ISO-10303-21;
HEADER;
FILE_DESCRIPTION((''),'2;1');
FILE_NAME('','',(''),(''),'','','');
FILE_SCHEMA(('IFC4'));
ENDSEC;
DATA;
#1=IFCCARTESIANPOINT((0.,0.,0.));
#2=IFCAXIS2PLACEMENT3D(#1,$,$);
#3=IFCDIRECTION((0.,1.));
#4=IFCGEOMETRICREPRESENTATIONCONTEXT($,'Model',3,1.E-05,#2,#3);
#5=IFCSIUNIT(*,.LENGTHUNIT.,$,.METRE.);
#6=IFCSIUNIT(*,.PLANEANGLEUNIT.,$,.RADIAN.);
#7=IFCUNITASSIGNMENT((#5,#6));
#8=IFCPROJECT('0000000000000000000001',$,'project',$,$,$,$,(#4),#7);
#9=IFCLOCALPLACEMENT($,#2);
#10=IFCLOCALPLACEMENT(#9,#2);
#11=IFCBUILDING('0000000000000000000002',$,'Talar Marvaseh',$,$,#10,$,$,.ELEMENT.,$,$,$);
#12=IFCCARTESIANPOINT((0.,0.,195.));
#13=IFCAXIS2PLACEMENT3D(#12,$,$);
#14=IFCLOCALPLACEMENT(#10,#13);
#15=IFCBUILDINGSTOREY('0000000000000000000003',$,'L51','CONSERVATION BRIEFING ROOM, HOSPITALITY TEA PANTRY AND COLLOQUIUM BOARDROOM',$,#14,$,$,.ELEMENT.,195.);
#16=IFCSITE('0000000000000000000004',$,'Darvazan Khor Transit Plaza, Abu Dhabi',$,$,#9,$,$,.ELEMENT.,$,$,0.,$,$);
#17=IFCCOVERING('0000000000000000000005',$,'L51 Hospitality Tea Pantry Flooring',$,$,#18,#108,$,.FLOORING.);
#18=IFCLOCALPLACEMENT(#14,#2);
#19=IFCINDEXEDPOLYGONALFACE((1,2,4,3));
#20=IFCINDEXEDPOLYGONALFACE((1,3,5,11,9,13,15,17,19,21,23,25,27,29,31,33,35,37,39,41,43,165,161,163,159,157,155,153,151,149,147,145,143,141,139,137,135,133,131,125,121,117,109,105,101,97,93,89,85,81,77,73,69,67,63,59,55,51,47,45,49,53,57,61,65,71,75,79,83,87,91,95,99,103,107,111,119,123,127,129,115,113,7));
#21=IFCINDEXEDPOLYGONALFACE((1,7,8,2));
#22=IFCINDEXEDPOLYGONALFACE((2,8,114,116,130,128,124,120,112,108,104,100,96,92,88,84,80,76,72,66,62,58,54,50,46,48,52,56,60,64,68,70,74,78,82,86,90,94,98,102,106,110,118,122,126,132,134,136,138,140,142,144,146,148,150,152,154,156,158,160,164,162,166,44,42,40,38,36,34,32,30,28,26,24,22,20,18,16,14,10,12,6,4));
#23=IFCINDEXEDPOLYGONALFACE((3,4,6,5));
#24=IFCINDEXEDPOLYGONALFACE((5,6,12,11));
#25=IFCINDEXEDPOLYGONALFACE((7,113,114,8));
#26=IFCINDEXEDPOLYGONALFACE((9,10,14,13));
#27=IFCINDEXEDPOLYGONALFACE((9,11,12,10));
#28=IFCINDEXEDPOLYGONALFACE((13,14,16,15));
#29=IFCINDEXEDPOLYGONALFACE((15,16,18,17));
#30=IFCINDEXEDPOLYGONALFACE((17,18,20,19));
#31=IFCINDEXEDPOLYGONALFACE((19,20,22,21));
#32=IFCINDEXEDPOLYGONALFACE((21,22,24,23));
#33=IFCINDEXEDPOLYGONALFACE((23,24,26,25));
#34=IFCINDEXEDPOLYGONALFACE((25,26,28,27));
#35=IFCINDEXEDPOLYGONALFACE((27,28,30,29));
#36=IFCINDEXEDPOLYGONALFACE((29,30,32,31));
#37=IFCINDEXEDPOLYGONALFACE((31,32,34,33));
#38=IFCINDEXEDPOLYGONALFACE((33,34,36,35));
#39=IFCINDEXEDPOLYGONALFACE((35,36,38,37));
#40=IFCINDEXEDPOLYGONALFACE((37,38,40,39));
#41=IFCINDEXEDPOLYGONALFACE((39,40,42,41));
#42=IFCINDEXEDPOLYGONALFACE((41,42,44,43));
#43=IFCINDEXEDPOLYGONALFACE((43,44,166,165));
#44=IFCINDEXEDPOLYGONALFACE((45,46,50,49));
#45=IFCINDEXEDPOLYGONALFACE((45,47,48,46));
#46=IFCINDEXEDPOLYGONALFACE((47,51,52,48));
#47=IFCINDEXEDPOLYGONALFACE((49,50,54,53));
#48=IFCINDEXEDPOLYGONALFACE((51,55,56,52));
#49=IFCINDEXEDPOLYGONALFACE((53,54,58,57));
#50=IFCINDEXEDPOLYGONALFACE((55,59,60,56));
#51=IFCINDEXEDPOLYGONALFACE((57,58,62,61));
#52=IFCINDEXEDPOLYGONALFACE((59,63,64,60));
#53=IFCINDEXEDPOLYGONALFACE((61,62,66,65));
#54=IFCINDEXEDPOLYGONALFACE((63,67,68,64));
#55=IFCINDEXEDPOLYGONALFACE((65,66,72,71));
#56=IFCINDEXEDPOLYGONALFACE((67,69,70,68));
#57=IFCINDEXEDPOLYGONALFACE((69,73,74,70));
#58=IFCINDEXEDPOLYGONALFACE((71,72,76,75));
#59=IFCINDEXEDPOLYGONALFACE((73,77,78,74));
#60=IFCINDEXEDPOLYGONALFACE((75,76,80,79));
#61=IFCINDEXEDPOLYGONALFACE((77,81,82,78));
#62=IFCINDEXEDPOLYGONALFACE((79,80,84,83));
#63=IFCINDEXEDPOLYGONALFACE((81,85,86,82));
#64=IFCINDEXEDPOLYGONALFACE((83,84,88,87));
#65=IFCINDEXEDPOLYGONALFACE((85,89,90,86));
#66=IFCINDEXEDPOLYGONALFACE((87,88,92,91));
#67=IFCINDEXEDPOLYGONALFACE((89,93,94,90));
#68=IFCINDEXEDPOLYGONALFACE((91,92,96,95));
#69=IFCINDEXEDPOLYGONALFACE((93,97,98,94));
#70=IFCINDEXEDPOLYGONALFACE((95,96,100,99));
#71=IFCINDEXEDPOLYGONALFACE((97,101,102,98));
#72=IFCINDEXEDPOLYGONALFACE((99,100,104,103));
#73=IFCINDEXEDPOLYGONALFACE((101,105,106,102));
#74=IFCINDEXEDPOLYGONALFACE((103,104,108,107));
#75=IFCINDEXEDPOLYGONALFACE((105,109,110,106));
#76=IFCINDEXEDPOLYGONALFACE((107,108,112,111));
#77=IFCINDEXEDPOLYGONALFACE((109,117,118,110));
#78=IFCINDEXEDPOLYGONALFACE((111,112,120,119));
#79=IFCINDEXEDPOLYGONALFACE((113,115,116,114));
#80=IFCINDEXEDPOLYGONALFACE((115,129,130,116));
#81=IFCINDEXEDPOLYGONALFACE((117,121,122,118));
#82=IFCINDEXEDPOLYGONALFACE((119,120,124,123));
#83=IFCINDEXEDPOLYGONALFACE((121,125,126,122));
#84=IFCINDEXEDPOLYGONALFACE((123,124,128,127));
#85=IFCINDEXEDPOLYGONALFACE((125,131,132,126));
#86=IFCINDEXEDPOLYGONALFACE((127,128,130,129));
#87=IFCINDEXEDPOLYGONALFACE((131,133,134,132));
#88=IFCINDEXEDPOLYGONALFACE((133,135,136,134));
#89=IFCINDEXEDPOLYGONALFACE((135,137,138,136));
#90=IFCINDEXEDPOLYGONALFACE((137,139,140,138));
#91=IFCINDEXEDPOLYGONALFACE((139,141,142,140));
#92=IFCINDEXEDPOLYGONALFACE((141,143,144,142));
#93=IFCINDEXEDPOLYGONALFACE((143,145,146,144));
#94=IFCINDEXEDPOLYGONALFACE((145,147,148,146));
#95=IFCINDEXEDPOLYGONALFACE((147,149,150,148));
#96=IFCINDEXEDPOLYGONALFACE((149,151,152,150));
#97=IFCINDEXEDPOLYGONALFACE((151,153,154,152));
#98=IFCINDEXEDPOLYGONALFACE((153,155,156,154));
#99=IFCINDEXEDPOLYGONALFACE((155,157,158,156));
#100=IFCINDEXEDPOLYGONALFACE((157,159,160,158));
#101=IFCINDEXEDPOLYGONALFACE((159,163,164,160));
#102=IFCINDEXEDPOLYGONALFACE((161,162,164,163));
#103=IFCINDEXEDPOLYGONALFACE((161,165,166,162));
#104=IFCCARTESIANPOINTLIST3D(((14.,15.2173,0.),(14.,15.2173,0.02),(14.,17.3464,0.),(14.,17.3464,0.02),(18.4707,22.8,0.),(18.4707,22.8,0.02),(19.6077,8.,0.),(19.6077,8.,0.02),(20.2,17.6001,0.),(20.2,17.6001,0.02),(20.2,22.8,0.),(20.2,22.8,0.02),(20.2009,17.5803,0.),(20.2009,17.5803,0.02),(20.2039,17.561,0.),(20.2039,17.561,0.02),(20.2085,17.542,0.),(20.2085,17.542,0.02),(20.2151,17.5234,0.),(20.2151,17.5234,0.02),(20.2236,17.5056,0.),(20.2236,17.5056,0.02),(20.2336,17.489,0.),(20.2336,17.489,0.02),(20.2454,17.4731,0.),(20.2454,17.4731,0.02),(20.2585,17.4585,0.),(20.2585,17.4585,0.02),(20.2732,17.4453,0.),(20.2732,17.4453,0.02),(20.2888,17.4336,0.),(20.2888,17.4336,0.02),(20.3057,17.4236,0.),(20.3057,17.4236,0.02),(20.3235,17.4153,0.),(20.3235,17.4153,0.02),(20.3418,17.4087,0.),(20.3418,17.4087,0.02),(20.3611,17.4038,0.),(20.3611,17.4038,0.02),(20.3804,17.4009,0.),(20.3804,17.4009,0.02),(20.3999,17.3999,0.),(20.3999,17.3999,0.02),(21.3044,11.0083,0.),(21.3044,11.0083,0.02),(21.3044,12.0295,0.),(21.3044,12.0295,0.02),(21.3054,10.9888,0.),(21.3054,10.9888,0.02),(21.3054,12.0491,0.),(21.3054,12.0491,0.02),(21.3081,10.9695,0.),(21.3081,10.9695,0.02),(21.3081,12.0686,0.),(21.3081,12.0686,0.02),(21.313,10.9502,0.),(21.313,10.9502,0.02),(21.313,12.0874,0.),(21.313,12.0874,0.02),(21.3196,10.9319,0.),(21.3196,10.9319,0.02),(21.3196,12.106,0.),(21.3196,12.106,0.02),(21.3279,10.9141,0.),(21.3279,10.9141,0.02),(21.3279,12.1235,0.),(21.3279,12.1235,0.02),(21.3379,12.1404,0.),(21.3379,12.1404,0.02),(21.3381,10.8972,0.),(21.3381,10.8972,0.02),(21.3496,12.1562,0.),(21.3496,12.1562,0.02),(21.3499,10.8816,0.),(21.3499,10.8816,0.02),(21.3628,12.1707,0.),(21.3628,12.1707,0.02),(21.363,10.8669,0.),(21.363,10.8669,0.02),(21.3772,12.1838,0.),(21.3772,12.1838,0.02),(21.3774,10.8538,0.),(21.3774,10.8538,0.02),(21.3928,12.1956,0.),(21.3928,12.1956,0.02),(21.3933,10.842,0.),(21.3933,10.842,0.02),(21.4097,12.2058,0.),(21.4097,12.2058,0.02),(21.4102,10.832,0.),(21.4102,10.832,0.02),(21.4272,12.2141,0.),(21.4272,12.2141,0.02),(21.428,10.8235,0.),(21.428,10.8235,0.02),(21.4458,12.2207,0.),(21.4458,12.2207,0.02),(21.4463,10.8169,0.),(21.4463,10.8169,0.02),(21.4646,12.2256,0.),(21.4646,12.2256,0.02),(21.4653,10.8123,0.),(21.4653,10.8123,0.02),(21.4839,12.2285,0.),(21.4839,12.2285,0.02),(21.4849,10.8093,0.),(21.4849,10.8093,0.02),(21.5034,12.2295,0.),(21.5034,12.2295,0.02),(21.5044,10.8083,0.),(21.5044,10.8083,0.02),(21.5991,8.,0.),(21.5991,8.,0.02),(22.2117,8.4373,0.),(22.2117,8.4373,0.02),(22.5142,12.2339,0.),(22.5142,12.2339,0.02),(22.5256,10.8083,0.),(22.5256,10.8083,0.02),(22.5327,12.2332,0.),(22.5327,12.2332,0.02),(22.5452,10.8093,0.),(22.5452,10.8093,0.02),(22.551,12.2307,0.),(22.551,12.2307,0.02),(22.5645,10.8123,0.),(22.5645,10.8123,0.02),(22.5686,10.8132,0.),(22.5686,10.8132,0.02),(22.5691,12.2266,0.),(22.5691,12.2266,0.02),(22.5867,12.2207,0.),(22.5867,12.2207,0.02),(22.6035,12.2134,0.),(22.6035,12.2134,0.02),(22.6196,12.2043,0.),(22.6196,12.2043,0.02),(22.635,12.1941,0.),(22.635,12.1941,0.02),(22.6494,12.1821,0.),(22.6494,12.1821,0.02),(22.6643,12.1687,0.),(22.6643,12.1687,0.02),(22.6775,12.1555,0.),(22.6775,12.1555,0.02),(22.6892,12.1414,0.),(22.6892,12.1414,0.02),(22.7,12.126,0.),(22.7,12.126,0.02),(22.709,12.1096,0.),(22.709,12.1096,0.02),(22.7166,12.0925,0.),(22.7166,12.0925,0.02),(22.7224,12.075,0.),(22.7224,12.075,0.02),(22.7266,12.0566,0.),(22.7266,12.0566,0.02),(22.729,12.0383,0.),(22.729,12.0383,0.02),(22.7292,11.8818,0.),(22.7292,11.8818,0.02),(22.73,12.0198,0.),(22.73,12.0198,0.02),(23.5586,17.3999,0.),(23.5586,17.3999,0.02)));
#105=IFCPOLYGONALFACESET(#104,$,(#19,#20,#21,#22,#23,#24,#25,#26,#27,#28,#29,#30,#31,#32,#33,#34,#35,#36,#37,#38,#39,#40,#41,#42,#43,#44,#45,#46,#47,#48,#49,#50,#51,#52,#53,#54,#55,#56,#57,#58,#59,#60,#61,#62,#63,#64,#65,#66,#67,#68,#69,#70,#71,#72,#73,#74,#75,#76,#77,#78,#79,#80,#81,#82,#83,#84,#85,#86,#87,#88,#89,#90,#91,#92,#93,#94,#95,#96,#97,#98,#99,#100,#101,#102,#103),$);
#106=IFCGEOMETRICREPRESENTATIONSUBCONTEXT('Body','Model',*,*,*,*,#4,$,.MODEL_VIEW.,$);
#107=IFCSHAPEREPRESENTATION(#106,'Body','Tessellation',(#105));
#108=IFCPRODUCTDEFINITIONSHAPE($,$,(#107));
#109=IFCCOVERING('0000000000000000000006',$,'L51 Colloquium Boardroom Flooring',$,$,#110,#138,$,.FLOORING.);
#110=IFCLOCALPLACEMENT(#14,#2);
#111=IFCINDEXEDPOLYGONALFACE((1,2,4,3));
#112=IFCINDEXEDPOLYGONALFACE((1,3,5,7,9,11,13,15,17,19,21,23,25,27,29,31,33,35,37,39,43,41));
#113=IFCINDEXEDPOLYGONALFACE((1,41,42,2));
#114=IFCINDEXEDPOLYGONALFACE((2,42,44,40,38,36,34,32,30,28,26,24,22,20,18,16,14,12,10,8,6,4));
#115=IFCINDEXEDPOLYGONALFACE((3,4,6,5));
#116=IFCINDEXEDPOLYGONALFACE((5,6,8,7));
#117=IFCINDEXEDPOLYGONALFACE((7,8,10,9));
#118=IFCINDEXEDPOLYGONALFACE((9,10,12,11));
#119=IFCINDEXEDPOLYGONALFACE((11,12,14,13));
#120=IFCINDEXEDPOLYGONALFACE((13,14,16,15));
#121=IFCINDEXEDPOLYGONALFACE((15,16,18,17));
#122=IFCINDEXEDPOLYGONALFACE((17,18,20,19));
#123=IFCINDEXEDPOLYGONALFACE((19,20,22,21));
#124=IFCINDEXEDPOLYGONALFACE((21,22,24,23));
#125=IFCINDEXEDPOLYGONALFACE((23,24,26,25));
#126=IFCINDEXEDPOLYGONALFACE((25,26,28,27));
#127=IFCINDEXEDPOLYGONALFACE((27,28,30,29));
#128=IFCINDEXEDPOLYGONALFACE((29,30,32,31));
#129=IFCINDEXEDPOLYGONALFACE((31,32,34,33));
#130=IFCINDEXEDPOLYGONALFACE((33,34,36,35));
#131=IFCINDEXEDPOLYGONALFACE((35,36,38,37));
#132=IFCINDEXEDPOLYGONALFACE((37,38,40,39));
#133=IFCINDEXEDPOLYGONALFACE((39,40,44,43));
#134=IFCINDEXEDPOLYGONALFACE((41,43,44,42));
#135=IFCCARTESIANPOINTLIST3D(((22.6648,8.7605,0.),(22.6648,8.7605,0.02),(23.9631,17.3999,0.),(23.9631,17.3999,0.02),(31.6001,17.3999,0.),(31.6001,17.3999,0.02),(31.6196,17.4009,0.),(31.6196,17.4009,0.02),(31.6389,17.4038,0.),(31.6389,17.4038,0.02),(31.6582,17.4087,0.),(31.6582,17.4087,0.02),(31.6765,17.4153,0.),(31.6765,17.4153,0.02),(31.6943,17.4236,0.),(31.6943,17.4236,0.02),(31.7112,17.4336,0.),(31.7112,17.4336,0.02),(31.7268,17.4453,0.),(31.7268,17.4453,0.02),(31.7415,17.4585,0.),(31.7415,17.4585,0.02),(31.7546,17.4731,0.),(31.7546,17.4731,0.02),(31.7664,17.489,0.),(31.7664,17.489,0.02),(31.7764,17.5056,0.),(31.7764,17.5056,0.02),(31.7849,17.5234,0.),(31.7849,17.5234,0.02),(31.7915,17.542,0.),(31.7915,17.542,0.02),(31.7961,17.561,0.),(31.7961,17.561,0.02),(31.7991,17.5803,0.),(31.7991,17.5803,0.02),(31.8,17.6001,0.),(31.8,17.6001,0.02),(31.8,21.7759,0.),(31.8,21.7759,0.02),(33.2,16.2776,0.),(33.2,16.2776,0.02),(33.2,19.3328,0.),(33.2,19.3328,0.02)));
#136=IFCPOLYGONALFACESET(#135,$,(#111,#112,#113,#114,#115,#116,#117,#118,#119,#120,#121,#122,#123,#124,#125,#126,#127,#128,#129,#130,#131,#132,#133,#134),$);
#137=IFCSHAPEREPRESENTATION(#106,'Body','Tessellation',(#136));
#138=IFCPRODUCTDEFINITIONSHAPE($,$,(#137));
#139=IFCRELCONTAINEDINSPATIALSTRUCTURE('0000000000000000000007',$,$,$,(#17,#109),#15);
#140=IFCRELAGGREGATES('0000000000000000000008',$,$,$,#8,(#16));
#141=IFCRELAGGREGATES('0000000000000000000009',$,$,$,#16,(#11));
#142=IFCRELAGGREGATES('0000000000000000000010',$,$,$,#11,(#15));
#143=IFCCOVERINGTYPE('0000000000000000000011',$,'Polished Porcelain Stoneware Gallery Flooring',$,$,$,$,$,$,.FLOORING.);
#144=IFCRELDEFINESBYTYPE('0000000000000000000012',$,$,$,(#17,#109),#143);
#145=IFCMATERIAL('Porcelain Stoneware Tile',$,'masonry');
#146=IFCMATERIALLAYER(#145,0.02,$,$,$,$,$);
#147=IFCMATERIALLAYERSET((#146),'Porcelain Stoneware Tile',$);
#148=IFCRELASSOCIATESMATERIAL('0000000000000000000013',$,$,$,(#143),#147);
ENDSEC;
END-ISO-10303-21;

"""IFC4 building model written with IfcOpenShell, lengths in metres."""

from ifc_helpers import new_model, si_unit, direction, frame, origin, place, context, subcontext, project, spatial, polyline, outline, extrude, material, layer, layer_set, type_object, element, save


model = new_model("IFC4")

# Units and contexts
model_context = context("Model", 3, precision=1e-05, world=origin(), true_north=direction((0.0, 1.0)))
body_context = subcontext(model_context, "Body", "Model", "MODEL_VIEW")
ifc_project = project(units=[si_unit("LENGTHUNIT", "METRE"), si_unit("PLANEANGLEUNIT", "RADIAN")], contexts=[model_context])

# Site, building, storey
site_placement = place(None, origin())
site = spatial("IfcSite", under=ifc_project, at=site_placement, Name="Darvazan Khor Transit Plaza, Abu Dhabi", CompositionType="ELEMENT", RefElevation=0.0)
building_placement = place(site_placement, origin())
building = spatial("IfcBuilding", under=site, at=building_placement, Name="Talar Marvaseh", CompositionType="ELEMENT")
storey_placement = place(building_placement, frame((0.0, 0.0, 195.0)))
storey = spatial("IfcBuildingStorey", under=building, at=storey_placement, Name="L51", Description="CONSERVATION BRIEFING ROOM, HOSPITALITY TEA PANTRY AND COLLOQUIUM BOARDROOM", CompositionType="ELEMENT", Elevation=195.0)

# Coverings
ifc_material_1 = material(Name="Porcelain Stoneware Tile", Category="masonry")
ifc_layer_1 = layer(ifc_material_1, 0.02)
ifc_layer_set_1 = layer_set([ifc_layer_1], Name="Porcelain Stoneware Tile")
covering_type_1 = type_object("IfcCoveringType", Name="Polished Porcelain Stoneware Gallery Flooring", PredefinedType="FLOORING", material=ifc_layer_set_1)
covering_1_placement = place(storey_placement, origin())
element("IfcCovering", 1, at=covering_1_placement, inside=storey, type_object=covering_type_1, Name="L51 Hospitality Tea Pantry Flooring", PredefinedType="FLOORING", context=body_context, shape_type="SweptSolid", body=[
    extrude(outline(polyline([(14.0, 17.3464), (18.4707, 22.8), (20.2, 22.8), (20.2, 17.6001), (20.2009, 17.5803), (20.2039, 17.561), (20.2085, 17.542), (20.2151, 17.5234), (20.2236, 17.5056), (20.2336, 17.489), (20.2454, 17.4731), (20.2585, 17.4585), (20.2732, 17.4453), (20.2888, 17.4336), (20.3057, 17.4236), (20.3235, 17.4153), (20.3418, 17.4087), (20.3611, 17.4038), (20.3804, 17.4009), (20.3999, 17.3999), (23.5586, 17.3999), (22.7292, 11.8818), (22.73, 12.0198), (22.729, 12.0383), (22.7266, 12.0566), (22.7224, 12.075), (22.7166, 12.0925), (22.709, 12.1096), (22.7, 12.126), (22.6892, 12.1414), (22.6775, 12.1555), (22.6643, 12.1687), (22.6494, 12.1821), (22.635, 12.1941), (22.6196, 12.2043), (22.6035, 12.2134), (22.5867, 12.2207), (22.5691, 12.2266), (22.551, 12.2307), (22.5327, 12.2332), (22.5142, 12.2339), (21.5034, 12.2295), (21.4839, 12.2285), (21.4646, 12.2256), (21.4458, 12.2207), (21.4272, 12.2141), (21.4097, 12.2058), (21.3928, 12.1956), (21.3772, 12.1838), (21.3628, 12.1707), (21.3496, 12.1562), (21.3379, 12.1404), (21.3279, 12.1235), (21.3196, 12.106), (21.313, 12.0874), (21.3081, 12.0686), (21.3054, 12.0491), (21.3044, 12.0295), (21.3044, 11.0083), (21.3054, 10.9888), (21.3081, 10.9695), (21.313, 10.9502), (21.3196, 10.9319), (21.3279, 10.9141), (21.3381, 10.8972), (21.3499, 10.8816), (21.363, 10.8669), (21.3774, 10.8538), (21.3933, 10.842), (21.4102, 10.832), (21.428, 10.8235), (21.4463, 10.8169), (21.4653, 10.8123), (21.4849, 10.8093), (21.5044, 10.8083), (22.5256, 10.8083), (22.5452, 10.8093), (22.5645, 10.8123), (22.5686, 10.8132), (22.2117, 8.4373), (21.5991, 8.0), (19.6077, 8.0), (14.0, 15.2173), (14.0, 17.3464)])), origin(), (0.0, 0.0, 1.0), 0.02),
])
covering_2_placement = place(storey_placement, origin())
element("IfcCovering", 2, at=covering_2_placement, inside=storey, type_object=covering_type_1, Name="L51 Colloquium Boardroom Flooring", PredefinedType="FLOORING", context=body_context, shape_type="SweptSolid", body=[
    extrude(outline(polyline([(31.6196, 17.4009), (31.6389, 17.4038), (31.6582, 17.4087), (31.6765, 17.4153), (31.6943, 17.4236), (31.7112, 17.4336), (31.7268, 17.4453), (31.7415, 17.4585), (31.7546, 17.4731), (31.7664, 17.489), (31.7764, 17.5056), (31.7849, 17.5234), (31.7915, 17.542), (31.7961, 17.561), (31.7991, 17.5803), (31.8, 17.6001), (31.8, 21.7759), (33.2, 19.3328), (33.2, 16.2776), (22.6648, 8.7605), (23.9631, 17.3999), (31.6001, 17.3999), (31.6196, 17.4009)])), origin(), (0.0, 0.0, 1.0), 0.02),
])

save(model, "model.ifc")
